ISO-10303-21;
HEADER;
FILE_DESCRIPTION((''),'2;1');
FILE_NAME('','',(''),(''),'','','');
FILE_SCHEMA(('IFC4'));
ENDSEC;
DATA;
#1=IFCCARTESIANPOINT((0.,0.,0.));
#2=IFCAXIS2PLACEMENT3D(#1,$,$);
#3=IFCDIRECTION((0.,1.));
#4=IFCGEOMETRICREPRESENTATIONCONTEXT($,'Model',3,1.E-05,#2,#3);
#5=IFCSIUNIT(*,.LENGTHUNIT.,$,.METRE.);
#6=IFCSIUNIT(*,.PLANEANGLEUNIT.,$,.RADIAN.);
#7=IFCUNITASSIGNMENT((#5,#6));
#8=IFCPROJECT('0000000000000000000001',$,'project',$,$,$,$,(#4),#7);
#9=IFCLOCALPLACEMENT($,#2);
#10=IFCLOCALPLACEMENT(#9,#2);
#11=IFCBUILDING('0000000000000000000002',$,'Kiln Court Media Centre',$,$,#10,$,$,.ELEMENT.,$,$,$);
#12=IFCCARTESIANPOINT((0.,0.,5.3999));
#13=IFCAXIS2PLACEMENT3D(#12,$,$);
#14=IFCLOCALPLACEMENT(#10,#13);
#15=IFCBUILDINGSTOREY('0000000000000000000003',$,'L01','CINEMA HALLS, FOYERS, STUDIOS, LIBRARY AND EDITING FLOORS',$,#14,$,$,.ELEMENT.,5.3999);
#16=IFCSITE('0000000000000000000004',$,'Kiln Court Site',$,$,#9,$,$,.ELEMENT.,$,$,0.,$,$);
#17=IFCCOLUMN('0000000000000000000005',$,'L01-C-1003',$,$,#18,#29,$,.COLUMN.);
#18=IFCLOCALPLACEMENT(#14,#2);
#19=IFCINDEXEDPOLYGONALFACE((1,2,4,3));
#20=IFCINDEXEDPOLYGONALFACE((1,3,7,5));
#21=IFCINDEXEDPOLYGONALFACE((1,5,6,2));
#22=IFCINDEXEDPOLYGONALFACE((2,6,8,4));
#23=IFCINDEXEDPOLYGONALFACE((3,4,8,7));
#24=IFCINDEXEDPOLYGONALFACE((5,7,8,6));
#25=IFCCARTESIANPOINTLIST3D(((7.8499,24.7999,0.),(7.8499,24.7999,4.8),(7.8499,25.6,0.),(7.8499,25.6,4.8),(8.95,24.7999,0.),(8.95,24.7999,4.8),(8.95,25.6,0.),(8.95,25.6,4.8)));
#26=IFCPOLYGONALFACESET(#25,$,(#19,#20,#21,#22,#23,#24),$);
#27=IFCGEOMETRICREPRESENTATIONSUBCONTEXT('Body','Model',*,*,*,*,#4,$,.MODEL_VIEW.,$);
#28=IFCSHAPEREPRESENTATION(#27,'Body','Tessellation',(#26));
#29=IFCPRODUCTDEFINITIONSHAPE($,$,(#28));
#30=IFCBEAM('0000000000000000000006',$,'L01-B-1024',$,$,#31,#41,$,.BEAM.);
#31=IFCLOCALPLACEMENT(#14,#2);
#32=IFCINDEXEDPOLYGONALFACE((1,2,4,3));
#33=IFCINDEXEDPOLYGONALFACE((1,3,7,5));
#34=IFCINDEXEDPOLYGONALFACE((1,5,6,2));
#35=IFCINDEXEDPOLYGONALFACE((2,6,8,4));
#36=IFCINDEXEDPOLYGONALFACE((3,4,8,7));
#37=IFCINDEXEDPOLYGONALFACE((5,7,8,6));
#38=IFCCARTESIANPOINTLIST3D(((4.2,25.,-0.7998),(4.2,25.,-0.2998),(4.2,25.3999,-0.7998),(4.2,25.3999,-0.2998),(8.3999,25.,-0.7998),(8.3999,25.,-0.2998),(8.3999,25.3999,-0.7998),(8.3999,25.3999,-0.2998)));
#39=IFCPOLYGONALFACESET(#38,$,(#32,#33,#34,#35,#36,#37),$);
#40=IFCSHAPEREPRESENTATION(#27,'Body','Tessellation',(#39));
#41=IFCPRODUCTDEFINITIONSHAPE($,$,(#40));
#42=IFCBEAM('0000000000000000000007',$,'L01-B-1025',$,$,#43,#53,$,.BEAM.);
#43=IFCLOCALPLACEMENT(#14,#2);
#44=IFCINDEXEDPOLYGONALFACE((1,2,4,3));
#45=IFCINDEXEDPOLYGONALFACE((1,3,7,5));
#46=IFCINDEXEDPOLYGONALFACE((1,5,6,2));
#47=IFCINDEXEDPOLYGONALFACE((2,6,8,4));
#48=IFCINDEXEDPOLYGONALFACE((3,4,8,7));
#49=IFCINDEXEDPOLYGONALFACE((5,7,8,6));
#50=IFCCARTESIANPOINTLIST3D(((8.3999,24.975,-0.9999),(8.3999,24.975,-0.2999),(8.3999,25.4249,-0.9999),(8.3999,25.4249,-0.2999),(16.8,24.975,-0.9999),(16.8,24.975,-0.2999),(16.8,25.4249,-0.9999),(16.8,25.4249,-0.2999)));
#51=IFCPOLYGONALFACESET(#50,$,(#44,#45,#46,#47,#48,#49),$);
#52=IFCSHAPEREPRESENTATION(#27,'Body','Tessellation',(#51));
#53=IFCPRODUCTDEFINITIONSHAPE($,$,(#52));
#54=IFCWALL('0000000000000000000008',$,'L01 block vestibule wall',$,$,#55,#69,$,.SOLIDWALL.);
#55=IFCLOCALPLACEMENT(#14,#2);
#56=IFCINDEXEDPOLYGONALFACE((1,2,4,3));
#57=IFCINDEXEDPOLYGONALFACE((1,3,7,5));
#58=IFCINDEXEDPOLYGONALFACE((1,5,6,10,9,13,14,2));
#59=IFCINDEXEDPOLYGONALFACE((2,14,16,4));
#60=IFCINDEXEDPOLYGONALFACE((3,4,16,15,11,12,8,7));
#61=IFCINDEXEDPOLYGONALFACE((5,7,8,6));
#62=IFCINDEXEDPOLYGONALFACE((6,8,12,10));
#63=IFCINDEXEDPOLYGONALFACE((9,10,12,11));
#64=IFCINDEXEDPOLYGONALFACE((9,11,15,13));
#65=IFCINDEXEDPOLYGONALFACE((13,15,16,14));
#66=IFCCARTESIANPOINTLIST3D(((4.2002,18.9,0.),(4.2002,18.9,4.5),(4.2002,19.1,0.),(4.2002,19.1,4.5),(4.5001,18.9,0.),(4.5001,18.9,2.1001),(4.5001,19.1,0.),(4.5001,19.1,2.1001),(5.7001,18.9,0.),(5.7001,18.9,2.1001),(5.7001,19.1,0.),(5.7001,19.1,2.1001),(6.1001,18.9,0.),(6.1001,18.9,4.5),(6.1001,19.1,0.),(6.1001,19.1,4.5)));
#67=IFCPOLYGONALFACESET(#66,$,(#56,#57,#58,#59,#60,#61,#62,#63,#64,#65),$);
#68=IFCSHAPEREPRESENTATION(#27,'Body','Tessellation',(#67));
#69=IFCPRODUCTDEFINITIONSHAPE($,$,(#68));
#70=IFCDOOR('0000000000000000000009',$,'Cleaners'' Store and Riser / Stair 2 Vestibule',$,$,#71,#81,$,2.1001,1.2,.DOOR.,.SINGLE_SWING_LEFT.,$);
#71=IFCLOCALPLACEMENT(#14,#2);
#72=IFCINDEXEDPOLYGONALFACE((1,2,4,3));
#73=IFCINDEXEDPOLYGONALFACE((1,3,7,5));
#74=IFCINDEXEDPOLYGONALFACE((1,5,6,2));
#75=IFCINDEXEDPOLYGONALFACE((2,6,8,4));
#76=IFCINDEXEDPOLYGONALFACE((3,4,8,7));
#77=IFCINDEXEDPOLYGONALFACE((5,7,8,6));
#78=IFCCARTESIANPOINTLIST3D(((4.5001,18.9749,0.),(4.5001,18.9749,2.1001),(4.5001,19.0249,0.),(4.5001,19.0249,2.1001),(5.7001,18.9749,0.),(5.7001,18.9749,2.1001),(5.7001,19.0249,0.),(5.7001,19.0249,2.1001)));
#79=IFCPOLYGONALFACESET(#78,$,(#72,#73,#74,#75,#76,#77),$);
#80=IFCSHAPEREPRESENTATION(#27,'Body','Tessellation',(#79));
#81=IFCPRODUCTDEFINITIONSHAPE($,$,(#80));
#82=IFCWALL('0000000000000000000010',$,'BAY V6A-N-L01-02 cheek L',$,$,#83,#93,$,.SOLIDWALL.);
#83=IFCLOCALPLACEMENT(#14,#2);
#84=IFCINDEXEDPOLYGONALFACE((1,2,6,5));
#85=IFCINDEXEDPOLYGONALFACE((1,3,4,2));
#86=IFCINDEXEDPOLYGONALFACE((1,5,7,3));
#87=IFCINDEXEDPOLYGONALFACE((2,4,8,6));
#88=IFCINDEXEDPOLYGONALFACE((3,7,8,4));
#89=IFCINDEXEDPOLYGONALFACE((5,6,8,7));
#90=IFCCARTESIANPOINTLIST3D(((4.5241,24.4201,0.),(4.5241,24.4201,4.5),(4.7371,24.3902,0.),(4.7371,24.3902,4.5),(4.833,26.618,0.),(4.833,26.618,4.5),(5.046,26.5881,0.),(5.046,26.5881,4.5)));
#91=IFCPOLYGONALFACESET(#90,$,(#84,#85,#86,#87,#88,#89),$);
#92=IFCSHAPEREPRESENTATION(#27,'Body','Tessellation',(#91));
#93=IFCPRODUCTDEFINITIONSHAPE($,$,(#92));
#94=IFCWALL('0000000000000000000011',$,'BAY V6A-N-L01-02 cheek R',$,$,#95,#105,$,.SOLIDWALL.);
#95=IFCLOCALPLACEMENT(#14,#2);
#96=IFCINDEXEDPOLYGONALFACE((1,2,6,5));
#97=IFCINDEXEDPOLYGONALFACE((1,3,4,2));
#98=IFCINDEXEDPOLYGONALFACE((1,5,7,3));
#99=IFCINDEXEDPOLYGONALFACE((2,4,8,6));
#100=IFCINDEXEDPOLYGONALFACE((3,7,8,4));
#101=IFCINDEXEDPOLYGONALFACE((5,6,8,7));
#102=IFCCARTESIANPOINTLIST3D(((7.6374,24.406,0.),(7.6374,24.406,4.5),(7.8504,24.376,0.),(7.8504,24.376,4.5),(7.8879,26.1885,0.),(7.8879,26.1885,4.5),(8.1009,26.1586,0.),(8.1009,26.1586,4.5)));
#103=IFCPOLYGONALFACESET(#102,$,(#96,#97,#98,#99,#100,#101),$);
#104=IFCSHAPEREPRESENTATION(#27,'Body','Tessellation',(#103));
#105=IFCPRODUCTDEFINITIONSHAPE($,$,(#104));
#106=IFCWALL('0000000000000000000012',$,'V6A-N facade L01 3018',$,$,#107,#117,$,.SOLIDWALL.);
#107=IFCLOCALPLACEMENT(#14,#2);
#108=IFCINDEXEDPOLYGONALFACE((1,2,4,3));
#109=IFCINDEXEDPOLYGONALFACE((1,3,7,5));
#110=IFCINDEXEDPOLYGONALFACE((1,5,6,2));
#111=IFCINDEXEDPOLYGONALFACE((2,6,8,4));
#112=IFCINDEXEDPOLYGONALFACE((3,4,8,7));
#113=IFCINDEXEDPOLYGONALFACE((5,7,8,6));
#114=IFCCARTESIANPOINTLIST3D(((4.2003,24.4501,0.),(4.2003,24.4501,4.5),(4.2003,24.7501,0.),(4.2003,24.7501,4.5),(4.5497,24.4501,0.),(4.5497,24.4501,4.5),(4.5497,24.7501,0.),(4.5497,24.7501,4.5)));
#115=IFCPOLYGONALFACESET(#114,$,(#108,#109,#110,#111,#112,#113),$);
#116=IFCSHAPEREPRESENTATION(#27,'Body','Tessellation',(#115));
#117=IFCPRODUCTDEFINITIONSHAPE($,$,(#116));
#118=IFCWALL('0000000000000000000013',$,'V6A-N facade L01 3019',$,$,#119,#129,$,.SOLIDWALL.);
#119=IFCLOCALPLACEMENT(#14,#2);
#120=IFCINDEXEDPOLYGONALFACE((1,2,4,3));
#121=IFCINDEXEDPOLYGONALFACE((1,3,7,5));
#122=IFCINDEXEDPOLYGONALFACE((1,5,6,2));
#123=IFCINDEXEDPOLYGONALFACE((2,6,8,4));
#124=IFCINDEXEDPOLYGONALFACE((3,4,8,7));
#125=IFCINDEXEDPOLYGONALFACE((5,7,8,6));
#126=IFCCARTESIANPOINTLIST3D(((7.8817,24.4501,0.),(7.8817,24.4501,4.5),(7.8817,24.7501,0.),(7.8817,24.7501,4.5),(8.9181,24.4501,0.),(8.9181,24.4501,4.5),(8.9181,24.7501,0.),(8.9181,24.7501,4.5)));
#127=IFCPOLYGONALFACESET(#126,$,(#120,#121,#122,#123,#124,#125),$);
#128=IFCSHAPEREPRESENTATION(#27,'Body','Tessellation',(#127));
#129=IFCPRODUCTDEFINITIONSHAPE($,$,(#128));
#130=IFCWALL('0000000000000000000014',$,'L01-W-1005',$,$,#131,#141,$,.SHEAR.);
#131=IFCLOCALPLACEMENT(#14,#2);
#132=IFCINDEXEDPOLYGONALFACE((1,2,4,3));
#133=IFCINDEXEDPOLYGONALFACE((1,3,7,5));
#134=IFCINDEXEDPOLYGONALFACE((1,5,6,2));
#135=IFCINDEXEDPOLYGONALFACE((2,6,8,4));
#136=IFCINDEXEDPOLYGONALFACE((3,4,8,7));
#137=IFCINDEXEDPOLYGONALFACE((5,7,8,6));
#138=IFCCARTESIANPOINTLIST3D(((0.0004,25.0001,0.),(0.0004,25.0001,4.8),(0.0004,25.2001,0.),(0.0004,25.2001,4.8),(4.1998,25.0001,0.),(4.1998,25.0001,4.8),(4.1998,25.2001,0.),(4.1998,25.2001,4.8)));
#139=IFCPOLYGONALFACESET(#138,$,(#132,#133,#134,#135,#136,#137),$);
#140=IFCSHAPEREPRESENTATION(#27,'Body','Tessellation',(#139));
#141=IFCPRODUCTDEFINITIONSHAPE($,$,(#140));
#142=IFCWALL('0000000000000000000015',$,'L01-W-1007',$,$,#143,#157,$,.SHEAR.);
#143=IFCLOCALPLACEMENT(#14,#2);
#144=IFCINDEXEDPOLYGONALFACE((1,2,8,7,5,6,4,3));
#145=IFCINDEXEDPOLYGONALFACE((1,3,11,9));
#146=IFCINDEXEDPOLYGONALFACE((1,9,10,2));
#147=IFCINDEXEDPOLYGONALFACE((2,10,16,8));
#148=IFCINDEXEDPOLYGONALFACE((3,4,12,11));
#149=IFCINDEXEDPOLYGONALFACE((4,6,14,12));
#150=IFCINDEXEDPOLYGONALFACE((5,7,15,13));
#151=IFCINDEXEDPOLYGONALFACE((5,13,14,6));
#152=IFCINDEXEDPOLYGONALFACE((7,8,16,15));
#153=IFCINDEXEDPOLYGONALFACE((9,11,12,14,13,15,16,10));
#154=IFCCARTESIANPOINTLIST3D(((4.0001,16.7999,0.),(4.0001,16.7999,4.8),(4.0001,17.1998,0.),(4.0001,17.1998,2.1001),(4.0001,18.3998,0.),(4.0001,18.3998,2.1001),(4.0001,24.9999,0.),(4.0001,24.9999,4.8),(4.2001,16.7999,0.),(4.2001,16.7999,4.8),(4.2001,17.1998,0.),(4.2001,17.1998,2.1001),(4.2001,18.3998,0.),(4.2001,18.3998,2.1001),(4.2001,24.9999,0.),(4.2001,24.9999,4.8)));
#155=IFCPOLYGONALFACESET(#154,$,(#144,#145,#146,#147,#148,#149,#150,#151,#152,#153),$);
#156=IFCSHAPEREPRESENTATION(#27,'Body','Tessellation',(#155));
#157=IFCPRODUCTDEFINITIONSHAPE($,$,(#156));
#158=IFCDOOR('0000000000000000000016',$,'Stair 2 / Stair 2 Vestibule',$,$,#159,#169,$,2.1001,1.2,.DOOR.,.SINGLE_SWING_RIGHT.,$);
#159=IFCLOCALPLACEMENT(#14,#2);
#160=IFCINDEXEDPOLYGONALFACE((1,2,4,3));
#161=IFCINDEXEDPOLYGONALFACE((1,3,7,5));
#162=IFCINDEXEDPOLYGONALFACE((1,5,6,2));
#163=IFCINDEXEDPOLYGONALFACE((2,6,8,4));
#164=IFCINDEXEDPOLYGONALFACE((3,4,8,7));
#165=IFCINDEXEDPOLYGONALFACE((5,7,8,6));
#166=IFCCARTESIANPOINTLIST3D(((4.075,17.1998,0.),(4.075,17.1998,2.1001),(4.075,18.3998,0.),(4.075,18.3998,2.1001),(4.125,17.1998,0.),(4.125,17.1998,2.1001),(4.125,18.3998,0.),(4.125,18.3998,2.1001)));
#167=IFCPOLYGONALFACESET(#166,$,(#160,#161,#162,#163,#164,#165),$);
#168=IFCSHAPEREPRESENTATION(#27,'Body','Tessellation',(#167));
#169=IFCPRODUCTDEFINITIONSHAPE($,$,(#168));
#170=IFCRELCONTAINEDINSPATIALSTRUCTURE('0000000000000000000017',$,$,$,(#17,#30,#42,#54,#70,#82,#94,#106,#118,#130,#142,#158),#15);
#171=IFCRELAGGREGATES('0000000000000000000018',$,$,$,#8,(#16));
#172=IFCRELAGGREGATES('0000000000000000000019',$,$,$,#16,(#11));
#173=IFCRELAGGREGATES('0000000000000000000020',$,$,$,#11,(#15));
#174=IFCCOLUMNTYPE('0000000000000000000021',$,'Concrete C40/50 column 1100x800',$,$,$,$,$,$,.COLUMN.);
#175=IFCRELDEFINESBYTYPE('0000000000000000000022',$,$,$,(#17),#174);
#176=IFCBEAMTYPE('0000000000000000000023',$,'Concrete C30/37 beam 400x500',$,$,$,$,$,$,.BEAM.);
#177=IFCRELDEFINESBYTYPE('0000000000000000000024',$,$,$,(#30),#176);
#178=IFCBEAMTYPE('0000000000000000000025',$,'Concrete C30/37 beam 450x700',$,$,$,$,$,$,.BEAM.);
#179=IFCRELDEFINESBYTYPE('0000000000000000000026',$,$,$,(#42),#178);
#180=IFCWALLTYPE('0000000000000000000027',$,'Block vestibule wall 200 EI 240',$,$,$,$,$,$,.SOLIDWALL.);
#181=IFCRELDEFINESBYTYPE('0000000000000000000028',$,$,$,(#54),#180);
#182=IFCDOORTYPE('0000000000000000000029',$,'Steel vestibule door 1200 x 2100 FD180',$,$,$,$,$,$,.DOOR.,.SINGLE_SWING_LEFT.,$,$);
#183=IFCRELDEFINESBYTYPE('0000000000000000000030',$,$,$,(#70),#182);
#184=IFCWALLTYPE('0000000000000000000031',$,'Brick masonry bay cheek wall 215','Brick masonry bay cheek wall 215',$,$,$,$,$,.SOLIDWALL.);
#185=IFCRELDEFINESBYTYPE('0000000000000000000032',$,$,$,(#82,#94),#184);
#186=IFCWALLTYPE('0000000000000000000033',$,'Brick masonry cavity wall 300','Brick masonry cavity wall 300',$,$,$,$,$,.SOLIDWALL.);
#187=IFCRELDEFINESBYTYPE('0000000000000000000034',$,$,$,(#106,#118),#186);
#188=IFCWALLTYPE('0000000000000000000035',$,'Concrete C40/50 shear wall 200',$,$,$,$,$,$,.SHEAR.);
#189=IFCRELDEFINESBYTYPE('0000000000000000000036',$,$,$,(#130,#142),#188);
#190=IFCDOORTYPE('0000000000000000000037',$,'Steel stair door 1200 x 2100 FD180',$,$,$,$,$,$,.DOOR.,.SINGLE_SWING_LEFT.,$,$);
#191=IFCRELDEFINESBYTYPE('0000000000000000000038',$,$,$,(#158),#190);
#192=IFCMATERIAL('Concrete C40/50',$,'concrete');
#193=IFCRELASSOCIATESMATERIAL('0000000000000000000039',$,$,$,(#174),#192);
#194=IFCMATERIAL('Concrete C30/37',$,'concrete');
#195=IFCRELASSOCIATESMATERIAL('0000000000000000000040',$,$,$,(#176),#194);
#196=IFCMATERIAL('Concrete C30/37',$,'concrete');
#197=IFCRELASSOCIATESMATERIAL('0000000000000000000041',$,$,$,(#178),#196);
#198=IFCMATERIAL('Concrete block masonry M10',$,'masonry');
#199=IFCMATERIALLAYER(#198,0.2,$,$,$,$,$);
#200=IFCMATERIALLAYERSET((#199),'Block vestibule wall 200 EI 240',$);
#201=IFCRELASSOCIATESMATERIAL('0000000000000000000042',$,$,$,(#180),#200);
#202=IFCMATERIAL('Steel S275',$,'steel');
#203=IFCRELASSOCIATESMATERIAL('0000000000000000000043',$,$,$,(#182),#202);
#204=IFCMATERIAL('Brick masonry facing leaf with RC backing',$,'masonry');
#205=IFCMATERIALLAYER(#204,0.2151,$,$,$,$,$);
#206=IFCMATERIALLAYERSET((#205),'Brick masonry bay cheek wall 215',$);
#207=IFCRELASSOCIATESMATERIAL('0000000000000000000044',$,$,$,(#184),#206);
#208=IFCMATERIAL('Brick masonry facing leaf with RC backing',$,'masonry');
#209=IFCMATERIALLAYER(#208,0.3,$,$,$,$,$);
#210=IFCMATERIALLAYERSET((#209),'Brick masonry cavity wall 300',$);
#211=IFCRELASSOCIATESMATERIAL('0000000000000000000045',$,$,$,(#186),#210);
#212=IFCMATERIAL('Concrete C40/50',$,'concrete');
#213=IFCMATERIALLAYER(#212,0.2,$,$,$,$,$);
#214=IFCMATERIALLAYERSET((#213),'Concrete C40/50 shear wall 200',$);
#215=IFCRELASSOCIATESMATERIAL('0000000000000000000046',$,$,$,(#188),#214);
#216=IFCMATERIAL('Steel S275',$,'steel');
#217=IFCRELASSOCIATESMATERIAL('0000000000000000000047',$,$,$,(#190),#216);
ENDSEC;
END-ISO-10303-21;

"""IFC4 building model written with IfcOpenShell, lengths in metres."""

from ifc_helpers import new_model, si_unit, direction, frame, frame_2d, origin, origin_2d, place, context, subcontext, project, spatial, rectangle, extrude, material, layer, layer_set, material_profile, profile_set, type_object, element, fill, save


model = new_model("IFC4")

# Units and contexts
model_context = context("Model", 3, precision=1e-05, world=origin(), true_north=direction((0.0, 1.0)))
body_context = subcontext(model_context, "Body", "Model", "MODEL_VIEW")
ifc_project = project(units=[si_unit("LENGTHUNIT", "METRE"), si_unit("PLANEANGLEUNIT", "RADIAN")], contexts=[model_context])

# Site, building, storey
site_placement = place(None, origin())
site = spatial("IfcSite", under=ifc_project, at=site_placement, Name="Kiln Court Site", CompositionType="ELEMENT", RefElevation=0.0)
building_placement = place(site_placement, origin())
building = spatial("IfcBuilding", under=site, at=building_placement, Name="Kiln Court Media Centre", CompositionType="ELEMENT")
storey_placement = place(building_placement, frame((0.0, 0.0, 5.3999)))
storey = spatial("IfcBuildingStorey", under=building, at=storey_placement, Name="L01", Description="CINEMA HALLS, FOYERS, STUDIOS, LIBRARY AND EDITING FLOORS", CompositionType="ELEMENT", Elevation=5.3999)

# Column
ifc_material_1 = material(Name="Concrete C40/50", Category="concrete")
ifc_material_profile_1 = material_profile(ifc_material_1, rectangle(XDim=1.1001, YDim=0.8, at=origin_2d()), Name="RC 1100x800")
ifc_profile_set_1 = profile_set([ifc_material_profile_1], Name="Concrete C40/50")
column_type = type_object("IfcColumnType", Name="Concrete C40/50 column 1100x800", PredefinedType="COLUMN", material=ifc_profile_set_1)
column_placement = place(storey_placement, frame((8.3999, 25.2, 0.0), z_axis=(0.0, 0.0, 1.0), x_axis=(1.0, 0.0, 0.0)))
element("IfcColumn", 1, at=column_placement, inside=storey, type_object=column_type, Name="L01-C-1003", PredefinedType="COLUMN", context=body_context, shape_type="SweptSolid", body=[
    extrude(rectangle(XDim=1.1001, YDim=0.8, at=origin_2d()), origin(), (0.0, 0.0, 1.0), 4.8),
])

# Beams
ifc_material_2 = material(Name="Concrete C30/37", Category="concrete")
ifc_material_profile_2 = material_profile(ifc_material_2, rectangle(XDim=0.3999, YDim=0.5, at=origin_2d()), Name="RC 400x500")
ifc_profile_set_2 = profile_set([ifc_material_profile_2], Name="Concrete C30/37")
beam_type_1 = type_object("IfcBeamType", Name="Concrete C30/37 beam 400x500", PredefinedType="BEAM", material=ifc_profile_set_2)
beam_1_placement = place(storey_placement, frame((4.2, 25.2, -0.5498), z_axis=(1.0, 0.0, 0.0), x_axis=(0.0, 1.0, 0.0)))
element("IfcBeam", 2, at=beam_1_placement, inside=storey, type_object=beam_type_1, Name="L01-B-1024", PredefinedType="BEAM", context=body_context, shape_type="SweptSolid", body=[
    extrude(rectangle(XDim=0.3999, YDim=0.5, at=origin_2d()), origin(), (0.0, 0.0, 1.0), 4.2),
])
ifc_material_3 = material(Name="Concrete C30/37", Category="concrete")
ifc_material_profile_3 = material_profile(ifc_material_3, rectangle(XDim=0.45, YDim=0.7, at=origin_2d()), Name="RC 450x700")
ifc_profile_set_3 = profile_set([ifc_material_profile_3], Name="Concrete C30/37")
beam_type_2 = type_object("IfcBeamType", Name="Concrete C30/37 beam 450x700", PredefinedType="BEAM", material=ifc_profile_set_3)
beam_2_placement = place(storey_placement, frame((8.3999, 25.2, -0.6499), z_axis=(1.0, 0.0, 0.0), x_axis=(0.0, 1.0, 0.0)))
element("IfcBeam", 3, at=beam_2_placement, inside=storey, type_object=beam_type_2, Name="L01-B-1025", PredefinedType="BEAM", context=body_context, shape_type="SweptSolid", body=[
    extrude(rectangle(XDim=0.45, YDim=0.7, at=origin_2d()), origin(), (0.0, 0.0, 1.0), 8.4001),
])

# Wall, opening, door
ifc_material_4 = material(Name="Concrete block masonry M10", Category="masonry")
ifc_layer_1 = layer(ifc_material_4, 0.2)
ifc_layer_set_1 = layer_set([ifc_layer_1], Name="Block vestibule wall 200 EI 240")
wall_type_1 = type_object("IfcWallType", Name="Block vestibule wall 200 EI 240", PredefinedType="SOLIDWALL", material=ifc_layer_set_1)
wall_1_placement = place(storey_placement, frame((4.2002, 19.0, 0.0), z_axis=(0.0, 0.0, 1.0), x_axis=(1.0, 0.0, 0.0)))
wall_1 = element("IfcWall", 4, at=wall_1_placement, inside=storey, type_object=wall_type_1, Name="L01 block vestibule wall", PredefinedType="SOLIDWALL", context=body_context, shape_type="SweptSolid", body=[
    extrude(rectangle(XDim=1.8999, YDim=0.2, at=frame_2d((0.95, 0.0))), origin(), (0.0, 0.0, 1.0), 4.5),
])
opening_1_placement = place(wall_1_placement, frame((0.2998, 0.0, 0.0)))
opening_1 = element("IfcOpeningElement", 5, at=opening_1_placement, cuts=wall_1, PredefinedType="OPENING", context=body_context, shape_type="SweptSolid", body=[
    extrude(rectangle(XDim=1.2, YDim=2.1001, at=frame_2d((0.6001, 1.05))), frame((0.0, 0.1099, 0.0), z_axis=(0.0, -1.0, 0.0), x_axis=(1.0, 0.0, 0.0)), (0.0, 0.0, 1.0), 0.22),
])
ifc_material_5 = material(Name="Steel S275", Category="steel")
door_type_1 = type_object("IfcDoorType", Name="Steel vestibule door 1200 x 2100 FD180", OperationType="SINGLE_SWING_LEFT", PredefinedType="DOOR", material=ifc_material_5)
door_1_placement = place(opening_1_placement, origin())
door_1 = element("IfcDoor", 6, at=door_1_placement, inside=storey, type_object=door_type_1, Name="Cleaners' Store and Riser / Stair 2 Vestibule", OperationType="SINGLE_SWING_LEFT", OverallHeight=2.1001, OverallWidth=1.2, PredefinedType="DOOR", context=body_context, shape_type="SweptSolid", body=[
    extrude(rectangle(XDim=1.2, YDim=2.1001, at=frame_2d((0.6001, 1.05))), frame((0.0, 0.0249, 0.0), z_axis=(0.0, -1.0, 0.0), x_axis=(1.0, 0.0, 0.0)), (0.0, 0.0, 1.0), 0.05),
])
fill(opening_1, door_1)

# Walls
ifc_material_6 = material(Name="Brick masonry facing leaf with RC backing", Category="masonry")
ifc_layer_2 = layer(ifc_material_6, 0.2151)
ifc_layer_set_2 = layer_set([ifc_layer_2], Name="Brick masonry bay cheek wall 215")
wall_type_2 = type_object("IfcWallType", Name="Brick masonry bay cheek wall 215", Description="Brick masonry bay cheek wall 215", PredefinedType="SOLIDWALL", material=ifc_layer_set_2)
wall_2_placement = place(storey_placement, frame((4.6306, 24.405, 0.0), z_axis=(0.0, 0.0, 1.0), x_axis=(0.139142, 0.990272, 0.0)))
element("IfcWall", 7, at=wall_2_placement, inside=storey, type_object=wall_type_2, Name="BAY V6A-N-L01-02 cheek L", PredefinedType="SOLIDWALL", context=body_context, shape_type="SweptSolid", body=[
    extrude(rectangle(XDim=2.2195, YDim=0.2151, at=frame_2d((1.1099, 0.0))), origin(), (0.0, 0.0, 1.0), 4.5),
])
wall_3_placement = place(storey_placement, frame((7.7439, 24.3911, 0.0), z_axis=(0.0, 0.0, 1.0), x_axis=(0.139161, 0.99027, 0.0)))
element("IfcWall", 8, at=wall_3_placement, inside=storey, type_object=wall_type_2, Name="BAY V6A-N-L01-02 cheek R", PredefinedType="SOLIDWALL", context=body_context, shape_type="SweptSolid", body=[
    extrude(rectangle(XDim=1.8, YDim=0.2151, at=frame_2d((0.8999, 0.0))), origin(), (0.0, 0.0, 1.0), 4.5),
])
ifc_material_7 = material(Name="Brick masonry facing leaf with RC backing", Category="masonry")
ifc_layer_3 = layer(ifc_material_7, 0.3)
ifc_layer_set_3 = layer_set([ifc_layer_3], Name="Brick masonry cavity wall 300")
wall_type_3 = type_object("IfcWallType", Name="Brick masonry cavity wall 300", Description="Brick masonry cavity wall 300", PredefinedType="SOLIDWALL", material=ifc_layer_set_3)
wall_4_placement = place(storey_placement, frame((4.2002, 24.6001, 0.0), z_axis=(0.0, 0.0, 1.0), x_axis=(1.0, 0.0, 0.0)))
element("IfcWall", 9, at=wall_4_placement, inside=storey, type_object=wall_type_3, Name="V6A-N facade L01 3018", PredefinedType="SOLIDWALL", context=body_context, shape_type="SweptSolid", body=[
    extrude(rectangle(XDim=0.3494, YDim=0.3, at=frame_2d((0.1748, 0.0))), origin(), (0.0, 0.0, 1.0), 4.5),
])
wall_5_placement = place(storey_placement, frame((7.8818, 24.6001, 0.0), z_axis=(0.0, 0.0, 1.0), x_axis=(1.0, 0.0, 0.0)))
element("IfcWall", 10, at=wall_5_placement, inside=storey, type_object=wall_type_3, Name="V6A-N facade L01 3019", PredefinedType="SOLIDWALL", context=body_context, shape_type="SweptSolid", body=[
    extrude(rectangle(XDim=1.0364, YDim=0.3, at=frame_2d((0.5181, 0.0))), origin(), (0.0, 0.0, 1.0), 4.5),
])
ifc_material_8 = material(Name="Concrete C40/50", Category="concrete")
ifc_layer_4 = layer(ifc_material_8, 0.2)
ifc_layer_set_4 = layer_set([ifc_layer_4], Name="Concrete C40/50 shear wall 200")
wall_type_4 = type_object("IfcWallType", Name="Concrete C40/50 shear wall 200", PredefinedType="SHEAR", material=ifc_layer_set_4)
wall_6_placement = place(storey_placement, frame((0.0005, 25.1001, 0.0), z_axis=(0.0, 0.0, 1.0), x_axis=(1.0, 0.0, 0.0)))
element("IfcWall", 11, at=wall_6_placement, inside=storey, type_object=wall_type_4, Name="L01-W-1005", PredefinedType="SHEAR", context=body_context, shape_type="SweptSolid", body=[
    extrude(rectangle(XDim=4.1995, YDim=0.2, at=frame_2d((2.0996, 0.0))), origin(), (0.0, 0.0, 1.0), 4.8),
])

# Wall, opening, door
wall_7_placement = place(storey_placement, frame((4.1001, 25.0, 0.0), z_axis=(0.0, 0.0, 1.0), x_axis=(0.0, -1.0, 0.0)))
wall_7 = element("IfcWall", 12, at=wall_7_placement, inside=storey, type_object=wall_type_4, Name="L01-W-1007", PredefinedType="SHEAR", context=body_context, shape_type="SweptSolid", body=[
    extrude(rectangle(XDim=8.2, YDim=0.2, at=frame_2d((4.1001, 0.0))), origin(), (0.0, 0.0, 1.0), 4.8),
])
opening_2_placement = place(wall_7_placement, frame((6.6001, 0.0, 0.0)))
opening_2 = element("IfcOpeningElement", 13, at=opening_2_placement, cuts=wall_7, PredefinedType="OPENING", context=body_context, shape_type="SweptSolid", body=[
    extrude(rectangle(XDim=1.2, YDim=2.1001, at=frame_2d((0.6001, 1.05))), frame((0.0, 0.1099, 0.0), z_axis=(0.0, -1.0, 0.0), x_axis=(1.0, 0.0, 0.0)), (0.0, 0.0, 1.0), 0.22),
])
ifc_material_9 = material(Name="Steel S275", Category="steel")
door_type_2 = type_object("IfcDoorType", Name="Steel stair door 1200 x 2100 FD180", OperationType="SINGLE_SWING_LEFT", PredefinedType="DOOR", material=ifc_material_9)
door_2_placement = place(opening_2_placement, origin())
door_2 = element("IfcDoor", 14, at=door_2_placement, inside=storey, type_object=door_type_2, Name="Stair 2 / Stair 2 Vestibule", OperationType="SINGLE_SWING_RIGHT", OverallHeight=2.1001, OverallWidth=1.2, PredefinedType="DOOR", context=body_context, shape_type="SweptSolid", body=[
    extrude(rectangle(XDim=1.2, YDim=2.1001, at=frame_2d((0.6001, 1.05))), frame((0.0, 0.0249, 0.0), z_axis=(0.0, -1.0, 0.0), x_axis=(1.0, 0.0, 0.0)), (0.0, 0.0, 1.0), 0.05),
])
fill(opening_2, door_2)

save(model, "model.ifc")
